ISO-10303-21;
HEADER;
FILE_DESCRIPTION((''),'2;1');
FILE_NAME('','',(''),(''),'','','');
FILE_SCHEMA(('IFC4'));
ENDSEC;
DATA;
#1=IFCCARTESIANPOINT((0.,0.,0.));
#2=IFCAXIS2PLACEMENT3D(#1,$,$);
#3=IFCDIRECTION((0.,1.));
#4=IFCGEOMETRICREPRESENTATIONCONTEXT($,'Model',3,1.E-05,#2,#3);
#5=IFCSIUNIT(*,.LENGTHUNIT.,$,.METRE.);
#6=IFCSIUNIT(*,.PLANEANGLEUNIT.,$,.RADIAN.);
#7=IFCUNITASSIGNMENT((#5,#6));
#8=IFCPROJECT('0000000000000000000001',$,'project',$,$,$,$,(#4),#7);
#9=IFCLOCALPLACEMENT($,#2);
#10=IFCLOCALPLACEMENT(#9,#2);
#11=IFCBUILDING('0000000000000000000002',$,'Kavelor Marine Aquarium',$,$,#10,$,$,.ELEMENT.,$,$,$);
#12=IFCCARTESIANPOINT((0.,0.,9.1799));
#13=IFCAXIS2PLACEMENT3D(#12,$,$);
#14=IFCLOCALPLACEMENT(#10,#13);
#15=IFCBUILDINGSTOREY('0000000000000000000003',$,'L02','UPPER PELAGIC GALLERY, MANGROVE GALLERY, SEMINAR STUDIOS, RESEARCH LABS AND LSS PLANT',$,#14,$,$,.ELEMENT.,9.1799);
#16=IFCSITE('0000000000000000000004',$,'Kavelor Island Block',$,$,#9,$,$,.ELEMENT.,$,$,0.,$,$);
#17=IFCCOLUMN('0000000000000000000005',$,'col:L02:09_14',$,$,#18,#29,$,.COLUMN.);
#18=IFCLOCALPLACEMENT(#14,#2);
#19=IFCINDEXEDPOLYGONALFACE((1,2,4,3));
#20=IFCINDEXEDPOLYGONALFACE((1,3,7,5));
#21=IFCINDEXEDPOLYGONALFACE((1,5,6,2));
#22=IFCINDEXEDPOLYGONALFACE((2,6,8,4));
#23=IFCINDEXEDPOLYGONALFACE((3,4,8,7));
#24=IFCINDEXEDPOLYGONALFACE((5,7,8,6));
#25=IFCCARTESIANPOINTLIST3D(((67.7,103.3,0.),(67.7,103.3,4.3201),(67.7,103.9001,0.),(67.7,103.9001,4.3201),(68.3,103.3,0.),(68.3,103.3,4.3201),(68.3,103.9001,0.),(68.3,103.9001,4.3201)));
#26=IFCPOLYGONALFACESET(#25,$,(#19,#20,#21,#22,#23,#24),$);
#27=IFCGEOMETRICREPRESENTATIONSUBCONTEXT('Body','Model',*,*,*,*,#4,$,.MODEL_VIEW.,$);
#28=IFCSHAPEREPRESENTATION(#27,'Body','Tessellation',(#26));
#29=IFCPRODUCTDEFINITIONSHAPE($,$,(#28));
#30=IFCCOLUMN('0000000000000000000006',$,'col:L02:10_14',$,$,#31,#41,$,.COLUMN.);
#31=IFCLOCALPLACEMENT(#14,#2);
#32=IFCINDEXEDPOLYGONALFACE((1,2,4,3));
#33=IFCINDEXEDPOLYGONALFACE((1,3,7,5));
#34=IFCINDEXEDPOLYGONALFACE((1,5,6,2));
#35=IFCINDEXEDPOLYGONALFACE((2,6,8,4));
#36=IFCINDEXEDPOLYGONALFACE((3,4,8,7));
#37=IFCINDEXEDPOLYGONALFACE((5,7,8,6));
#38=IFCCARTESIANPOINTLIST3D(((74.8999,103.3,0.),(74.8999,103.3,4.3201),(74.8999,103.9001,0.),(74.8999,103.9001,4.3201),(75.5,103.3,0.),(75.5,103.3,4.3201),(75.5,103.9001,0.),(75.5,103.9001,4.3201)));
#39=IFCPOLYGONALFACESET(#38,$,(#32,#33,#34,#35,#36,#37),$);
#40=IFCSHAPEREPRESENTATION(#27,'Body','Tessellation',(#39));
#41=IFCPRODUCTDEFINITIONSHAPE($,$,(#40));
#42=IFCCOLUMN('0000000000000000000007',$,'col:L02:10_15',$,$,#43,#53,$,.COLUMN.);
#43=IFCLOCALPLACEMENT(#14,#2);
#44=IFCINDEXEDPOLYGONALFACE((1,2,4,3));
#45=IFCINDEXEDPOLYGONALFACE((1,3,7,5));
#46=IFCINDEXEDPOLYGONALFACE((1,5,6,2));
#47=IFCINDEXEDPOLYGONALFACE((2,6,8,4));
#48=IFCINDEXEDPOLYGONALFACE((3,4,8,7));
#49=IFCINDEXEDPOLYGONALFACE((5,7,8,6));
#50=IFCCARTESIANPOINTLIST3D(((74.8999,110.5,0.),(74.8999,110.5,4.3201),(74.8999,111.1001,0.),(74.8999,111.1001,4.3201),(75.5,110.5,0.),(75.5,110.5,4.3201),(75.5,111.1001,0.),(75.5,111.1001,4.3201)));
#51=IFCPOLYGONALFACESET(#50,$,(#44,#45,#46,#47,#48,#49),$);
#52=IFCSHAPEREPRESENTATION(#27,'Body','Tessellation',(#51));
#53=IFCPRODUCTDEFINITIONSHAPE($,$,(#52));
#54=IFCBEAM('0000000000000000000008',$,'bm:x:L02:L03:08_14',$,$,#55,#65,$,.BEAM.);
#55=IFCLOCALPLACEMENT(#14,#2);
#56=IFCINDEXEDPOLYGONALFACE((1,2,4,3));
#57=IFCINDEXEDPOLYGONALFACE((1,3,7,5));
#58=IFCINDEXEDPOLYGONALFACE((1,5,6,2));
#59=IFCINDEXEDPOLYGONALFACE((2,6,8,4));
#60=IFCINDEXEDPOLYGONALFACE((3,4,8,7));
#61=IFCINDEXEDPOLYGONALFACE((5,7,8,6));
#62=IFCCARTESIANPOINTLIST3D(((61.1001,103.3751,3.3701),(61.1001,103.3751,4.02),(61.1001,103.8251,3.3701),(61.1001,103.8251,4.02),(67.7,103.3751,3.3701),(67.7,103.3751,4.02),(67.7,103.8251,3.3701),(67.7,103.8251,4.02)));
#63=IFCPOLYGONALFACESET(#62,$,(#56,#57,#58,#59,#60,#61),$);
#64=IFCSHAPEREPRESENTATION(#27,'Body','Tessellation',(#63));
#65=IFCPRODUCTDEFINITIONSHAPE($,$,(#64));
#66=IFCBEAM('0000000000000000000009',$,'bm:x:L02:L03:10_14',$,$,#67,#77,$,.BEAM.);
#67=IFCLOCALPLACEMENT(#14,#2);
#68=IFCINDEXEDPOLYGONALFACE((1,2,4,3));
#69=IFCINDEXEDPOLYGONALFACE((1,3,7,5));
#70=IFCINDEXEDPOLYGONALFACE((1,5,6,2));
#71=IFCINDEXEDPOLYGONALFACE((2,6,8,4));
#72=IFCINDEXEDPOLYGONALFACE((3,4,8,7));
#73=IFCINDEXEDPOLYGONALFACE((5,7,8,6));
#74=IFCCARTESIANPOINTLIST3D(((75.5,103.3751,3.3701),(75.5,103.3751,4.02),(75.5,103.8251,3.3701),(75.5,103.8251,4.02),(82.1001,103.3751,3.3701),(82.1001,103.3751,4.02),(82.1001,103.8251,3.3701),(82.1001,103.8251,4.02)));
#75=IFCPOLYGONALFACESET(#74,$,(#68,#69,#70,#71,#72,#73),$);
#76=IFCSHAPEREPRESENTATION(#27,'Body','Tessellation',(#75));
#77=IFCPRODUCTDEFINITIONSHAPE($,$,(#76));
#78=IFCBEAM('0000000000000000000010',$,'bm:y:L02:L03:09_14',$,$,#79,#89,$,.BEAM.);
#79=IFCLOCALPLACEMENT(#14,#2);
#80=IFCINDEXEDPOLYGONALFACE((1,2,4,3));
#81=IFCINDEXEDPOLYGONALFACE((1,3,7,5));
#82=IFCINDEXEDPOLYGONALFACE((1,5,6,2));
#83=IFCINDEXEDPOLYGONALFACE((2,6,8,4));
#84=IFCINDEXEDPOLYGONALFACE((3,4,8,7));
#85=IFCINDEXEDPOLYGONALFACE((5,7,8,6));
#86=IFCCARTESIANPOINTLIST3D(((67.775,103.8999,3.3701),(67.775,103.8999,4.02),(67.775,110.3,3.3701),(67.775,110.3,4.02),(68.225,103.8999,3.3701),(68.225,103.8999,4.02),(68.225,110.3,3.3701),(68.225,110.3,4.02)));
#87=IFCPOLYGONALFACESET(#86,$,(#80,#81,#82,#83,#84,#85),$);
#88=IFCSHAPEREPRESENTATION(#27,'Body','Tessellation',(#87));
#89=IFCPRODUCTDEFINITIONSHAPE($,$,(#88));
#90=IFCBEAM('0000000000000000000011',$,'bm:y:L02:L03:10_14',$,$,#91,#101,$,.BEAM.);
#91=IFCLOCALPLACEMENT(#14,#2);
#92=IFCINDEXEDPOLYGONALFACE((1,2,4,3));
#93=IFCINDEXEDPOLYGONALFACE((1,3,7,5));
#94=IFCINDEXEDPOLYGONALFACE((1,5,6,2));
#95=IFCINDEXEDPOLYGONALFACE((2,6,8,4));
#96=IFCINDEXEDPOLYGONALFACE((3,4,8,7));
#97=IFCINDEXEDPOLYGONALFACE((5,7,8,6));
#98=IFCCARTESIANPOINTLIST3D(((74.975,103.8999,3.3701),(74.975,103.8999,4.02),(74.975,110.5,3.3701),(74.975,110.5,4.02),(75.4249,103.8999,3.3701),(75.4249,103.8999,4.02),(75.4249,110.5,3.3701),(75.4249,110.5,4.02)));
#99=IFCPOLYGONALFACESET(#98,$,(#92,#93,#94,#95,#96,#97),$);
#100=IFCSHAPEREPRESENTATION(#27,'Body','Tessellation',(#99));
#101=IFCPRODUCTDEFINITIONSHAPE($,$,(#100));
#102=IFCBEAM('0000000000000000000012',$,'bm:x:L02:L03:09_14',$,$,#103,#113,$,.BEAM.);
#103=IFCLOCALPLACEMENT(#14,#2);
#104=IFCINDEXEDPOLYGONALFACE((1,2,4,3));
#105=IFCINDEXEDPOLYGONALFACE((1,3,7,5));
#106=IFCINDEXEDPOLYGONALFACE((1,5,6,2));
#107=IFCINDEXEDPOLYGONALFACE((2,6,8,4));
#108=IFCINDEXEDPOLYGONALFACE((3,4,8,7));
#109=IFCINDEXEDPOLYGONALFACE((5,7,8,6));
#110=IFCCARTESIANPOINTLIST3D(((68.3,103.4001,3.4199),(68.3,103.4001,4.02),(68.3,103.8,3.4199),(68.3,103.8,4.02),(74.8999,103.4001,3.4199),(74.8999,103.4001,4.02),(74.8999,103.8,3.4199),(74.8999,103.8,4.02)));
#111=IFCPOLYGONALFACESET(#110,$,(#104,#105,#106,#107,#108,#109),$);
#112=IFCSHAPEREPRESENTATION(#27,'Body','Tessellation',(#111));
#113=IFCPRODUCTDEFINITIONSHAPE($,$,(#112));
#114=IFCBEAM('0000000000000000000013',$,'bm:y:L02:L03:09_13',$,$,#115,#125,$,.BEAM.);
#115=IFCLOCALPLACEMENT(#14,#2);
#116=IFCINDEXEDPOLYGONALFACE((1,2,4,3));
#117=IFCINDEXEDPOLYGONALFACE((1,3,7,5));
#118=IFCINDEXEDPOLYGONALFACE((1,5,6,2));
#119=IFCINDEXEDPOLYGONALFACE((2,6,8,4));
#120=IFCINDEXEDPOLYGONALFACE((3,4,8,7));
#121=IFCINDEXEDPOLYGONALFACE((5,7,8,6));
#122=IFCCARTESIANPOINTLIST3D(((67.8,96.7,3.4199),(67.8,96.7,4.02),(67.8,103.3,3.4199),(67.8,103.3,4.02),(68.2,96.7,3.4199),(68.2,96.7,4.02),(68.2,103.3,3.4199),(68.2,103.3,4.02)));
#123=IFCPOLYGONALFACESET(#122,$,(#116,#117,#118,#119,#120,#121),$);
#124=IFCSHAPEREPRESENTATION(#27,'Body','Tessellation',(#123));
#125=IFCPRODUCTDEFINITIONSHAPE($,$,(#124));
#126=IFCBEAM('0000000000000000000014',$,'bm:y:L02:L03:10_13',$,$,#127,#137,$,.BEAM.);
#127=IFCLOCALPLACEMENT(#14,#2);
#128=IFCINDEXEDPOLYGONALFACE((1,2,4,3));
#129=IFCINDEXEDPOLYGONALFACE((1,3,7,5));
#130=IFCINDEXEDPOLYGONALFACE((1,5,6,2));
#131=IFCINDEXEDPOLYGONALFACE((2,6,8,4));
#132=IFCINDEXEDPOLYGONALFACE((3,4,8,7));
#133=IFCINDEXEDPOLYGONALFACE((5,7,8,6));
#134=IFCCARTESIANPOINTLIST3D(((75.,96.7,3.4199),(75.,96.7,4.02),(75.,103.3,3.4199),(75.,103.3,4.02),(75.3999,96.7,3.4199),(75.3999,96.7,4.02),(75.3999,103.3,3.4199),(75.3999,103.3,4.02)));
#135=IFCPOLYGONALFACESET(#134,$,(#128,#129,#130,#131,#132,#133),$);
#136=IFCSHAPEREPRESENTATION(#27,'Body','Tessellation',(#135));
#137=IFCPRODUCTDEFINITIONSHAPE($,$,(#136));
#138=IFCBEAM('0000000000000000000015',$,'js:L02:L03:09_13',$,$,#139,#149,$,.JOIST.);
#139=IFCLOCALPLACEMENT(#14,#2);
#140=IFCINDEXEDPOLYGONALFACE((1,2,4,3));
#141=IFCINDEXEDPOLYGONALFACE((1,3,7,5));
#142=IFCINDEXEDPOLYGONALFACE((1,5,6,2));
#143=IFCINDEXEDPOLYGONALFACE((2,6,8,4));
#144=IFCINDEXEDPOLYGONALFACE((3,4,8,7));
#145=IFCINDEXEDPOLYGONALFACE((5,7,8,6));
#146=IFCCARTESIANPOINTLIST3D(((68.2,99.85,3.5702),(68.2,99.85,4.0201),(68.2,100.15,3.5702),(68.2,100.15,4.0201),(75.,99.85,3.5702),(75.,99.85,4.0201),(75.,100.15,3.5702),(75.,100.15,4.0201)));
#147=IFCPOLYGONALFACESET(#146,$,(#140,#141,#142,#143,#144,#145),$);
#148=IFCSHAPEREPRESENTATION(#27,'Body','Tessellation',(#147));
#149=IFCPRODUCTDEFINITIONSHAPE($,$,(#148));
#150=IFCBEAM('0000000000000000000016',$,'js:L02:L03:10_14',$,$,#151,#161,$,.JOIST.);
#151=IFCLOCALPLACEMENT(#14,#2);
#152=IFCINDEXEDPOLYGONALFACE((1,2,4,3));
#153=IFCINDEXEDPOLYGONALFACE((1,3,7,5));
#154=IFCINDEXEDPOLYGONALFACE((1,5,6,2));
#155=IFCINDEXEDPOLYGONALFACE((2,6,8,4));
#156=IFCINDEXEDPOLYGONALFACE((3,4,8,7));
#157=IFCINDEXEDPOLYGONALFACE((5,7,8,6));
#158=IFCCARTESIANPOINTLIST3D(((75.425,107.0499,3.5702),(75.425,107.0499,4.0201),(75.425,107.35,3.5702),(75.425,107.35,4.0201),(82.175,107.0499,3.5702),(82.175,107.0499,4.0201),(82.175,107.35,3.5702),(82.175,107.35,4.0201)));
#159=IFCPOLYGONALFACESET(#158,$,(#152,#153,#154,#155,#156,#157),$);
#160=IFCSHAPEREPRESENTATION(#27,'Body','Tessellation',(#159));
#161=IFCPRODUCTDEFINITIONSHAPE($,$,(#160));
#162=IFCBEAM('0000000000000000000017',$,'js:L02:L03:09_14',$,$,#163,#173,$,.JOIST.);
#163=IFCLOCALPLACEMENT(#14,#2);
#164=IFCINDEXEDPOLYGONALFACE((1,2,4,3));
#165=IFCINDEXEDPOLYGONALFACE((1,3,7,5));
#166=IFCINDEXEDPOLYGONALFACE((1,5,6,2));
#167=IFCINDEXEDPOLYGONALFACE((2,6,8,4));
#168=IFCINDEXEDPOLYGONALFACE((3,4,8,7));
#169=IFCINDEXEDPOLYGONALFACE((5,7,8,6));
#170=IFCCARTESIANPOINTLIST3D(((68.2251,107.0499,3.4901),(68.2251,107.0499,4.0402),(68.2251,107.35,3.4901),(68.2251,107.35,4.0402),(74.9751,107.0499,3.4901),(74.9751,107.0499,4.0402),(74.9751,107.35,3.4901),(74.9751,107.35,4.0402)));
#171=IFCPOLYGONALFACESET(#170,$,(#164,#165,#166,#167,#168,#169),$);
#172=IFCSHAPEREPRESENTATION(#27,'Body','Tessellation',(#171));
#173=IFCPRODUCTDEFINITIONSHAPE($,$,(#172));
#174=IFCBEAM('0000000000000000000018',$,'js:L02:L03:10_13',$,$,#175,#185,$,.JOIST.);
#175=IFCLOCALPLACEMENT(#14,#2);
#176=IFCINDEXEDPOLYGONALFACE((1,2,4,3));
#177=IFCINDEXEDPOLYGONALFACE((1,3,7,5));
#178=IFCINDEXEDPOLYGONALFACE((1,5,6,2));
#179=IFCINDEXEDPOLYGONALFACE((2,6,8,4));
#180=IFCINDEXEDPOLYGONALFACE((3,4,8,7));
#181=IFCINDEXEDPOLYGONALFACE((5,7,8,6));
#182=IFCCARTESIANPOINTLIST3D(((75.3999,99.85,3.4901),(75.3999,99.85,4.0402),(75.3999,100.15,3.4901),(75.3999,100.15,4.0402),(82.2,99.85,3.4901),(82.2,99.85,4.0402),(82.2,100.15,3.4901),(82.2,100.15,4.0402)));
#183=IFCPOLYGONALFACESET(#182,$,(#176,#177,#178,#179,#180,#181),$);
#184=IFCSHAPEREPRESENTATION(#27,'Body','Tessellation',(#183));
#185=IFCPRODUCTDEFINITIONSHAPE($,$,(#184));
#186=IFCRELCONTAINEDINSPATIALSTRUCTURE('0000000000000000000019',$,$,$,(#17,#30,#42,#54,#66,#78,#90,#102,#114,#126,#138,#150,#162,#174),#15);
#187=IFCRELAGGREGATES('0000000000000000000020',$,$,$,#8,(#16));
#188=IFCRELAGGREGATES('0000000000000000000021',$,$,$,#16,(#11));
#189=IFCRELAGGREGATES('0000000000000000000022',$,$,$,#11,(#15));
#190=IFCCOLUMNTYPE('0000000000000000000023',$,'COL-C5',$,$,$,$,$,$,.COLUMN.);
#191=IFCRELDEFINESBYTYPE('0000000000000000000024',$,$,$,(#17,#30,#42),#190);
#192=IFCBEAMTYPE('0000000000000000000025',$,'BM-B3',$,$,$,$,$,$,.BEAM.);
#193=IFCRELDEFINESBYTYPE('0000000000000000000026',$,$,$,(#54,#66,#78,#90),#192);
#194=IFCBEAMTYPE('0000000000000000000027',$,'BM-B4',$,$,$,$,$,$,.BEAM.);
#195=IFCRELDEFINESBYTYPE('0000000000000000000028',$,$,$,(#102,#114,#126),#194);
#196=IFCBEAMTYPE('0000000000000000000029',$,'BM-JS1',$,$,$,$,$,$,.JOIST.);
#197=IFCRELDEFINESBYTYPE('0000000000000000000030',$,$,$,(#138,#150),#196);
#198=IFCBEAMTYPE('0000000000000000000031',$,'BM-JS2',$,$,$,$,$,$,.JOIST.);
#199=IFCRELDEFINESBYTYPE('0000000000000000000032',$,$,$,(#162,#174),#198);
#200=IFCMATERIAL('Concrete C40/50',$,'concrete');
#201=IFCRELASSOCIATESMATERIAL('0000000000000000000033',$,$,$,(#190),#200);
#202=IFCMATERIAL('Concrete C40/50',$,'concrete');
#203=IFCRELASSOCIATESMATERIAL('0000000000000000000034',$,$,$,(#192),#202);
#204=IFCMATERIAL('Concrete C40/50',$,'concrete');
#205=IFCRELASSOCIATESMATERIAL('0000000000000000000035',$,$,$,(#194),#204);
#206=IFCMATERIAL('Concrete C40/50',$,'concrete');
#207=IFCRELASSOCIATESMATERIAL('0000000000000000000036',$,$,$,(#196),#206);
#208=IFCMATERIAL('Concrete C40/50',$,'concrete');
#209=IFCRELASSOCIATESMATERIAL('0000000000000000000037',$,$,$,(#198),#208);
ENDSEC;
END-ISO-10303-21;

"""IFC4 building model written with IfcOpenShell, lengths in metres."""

from ifc_helpers import new_model, si_unit, direction, frame, origin, origin_2d, place, context, subcontext, project, spatial, rectangle, extrude, material, material_profile, profile_set, type_object, element, save


model = new_model("IFC4")

# Units and contexts
model_context = context("Model", 3, precision=1e-05, world=origin(), true_north=direction((0.0, 1.0)))
body_context = subcontext(model_context, "Body", "Model", "MODEL_VIEW")
ifc_project = project(units=[si_unit("LENGTHUNIT", "METRE"), si_unit("PLANEANGLEUNIT", "RADIAN")], contexts=[model_context])

# Site, building, storey
site_placement = place(None, origin())
site = spatial("IfcSite", under=ifc_project, at=site_placement, Name="Kavelor Island Block", CompositionType="ELEMENT", RefElevation=0.0)
building_placement = place(site_placement, origin())
building = spatial("IfcBuilding", under=site, at=building_placement, Name="Kavelor Marine Aquarium", CompositionType="ELEMENT")
storey_placement = place(building_placement, frame((0.0, 0.0, 9.1799)))
storey = spatial("IfcBuildingStorey", under=building, at=storey_placement, Name="L02", Description="UPPER PELAGIC GALLERY, MANGROVE GALLERY, SEMINAR STUDIOS, RESEARCH LABS AND LSS PLANT", CompositionType="ELEMENT", Elevation=9.1799)

# Columns
ifc_material_1 = material(Name="Concrete C40/50", Category="concrete")
ifc_material_profile_1 = material_profile(ifc_material_1, rectangle(XDim=0.6001, YDim=0.6001, at=origin_2d()), Name="RC-COL 600x600")
ifc_profile_set_1 = profile_set([ifc_material_profile_1], Name="Concrete C40/50")
column_type = type_object("IfcColumnType", Name="COL-C5", PredefinedType="COLUMN", material=ifc_profile_set_1)
for number, where, z_axis, x_axis, name in (
    (1, (68.0, 103.6001, 0.0), (0.0, 0.0, 1.0), (1.0, 0.0, 0.0), "col:L02:09_14"),
    (2, (75.2, 103.6001, 0.0), (0.0, 0.0, 1.0), (1.0, 0.0, 0.0), "col:L02:10_14"),
    (3, (75.2, 110.8, 0.0), (0.0, 0.0, 1.0), (1.0, 0.0, 0.0), "col:L02:10_15"),
):
    element("IfcColumn", number, at=place(storey_placement, frame(where, z_axis=z_axis, x_axis=x_axis)), inside=storey, type_object=column_type, Name=name, PredefinedType="COLUMN", context=body_context, shape_type="SweptSolid", body=[
        extrude(rectangle(XDim=0.6001, YDim=0.6001, at=origin_2d()), origin(), (0.0, 0.0, 1.0), 4.3201),
    ])

# Beams
ifc_material_2 = material(Name="Concrete C40/50", Category="concrete")
ifc_material_profile_2 = material_profile(ifc_material_2, rectangle(XDim=0.45, YDim=0.6499, at=origin_2d()), Name="RC-BM 450x650")
ifc_profile_set_2 = profile_set([ifc_material_profile_2], Name="Concrete C40/50")
beam_type_1 = type_object("IfcBeamType", Name="BM-B3", PredefinedType="BEAM", material=ifc_profile_set_2)
beam_1_placement = place(storey_placement, frame((61.1001, 103.6001, 3.6951), z_axis=(1.0, 0.0, 0.0), x_axis=(0.0, 1.0, 0.0)))
element("IfcBeam", 4, at=beam_1_placement, inside=storey, type_object=beam_type_1, Name="bm:x:L02:L03:08_14", PredefinedType="BEAM", context=body_context, shape_type="SweptSolid", body=[
    extrude(rectangle(XDim=0.45, YDim=0.6499, at=origin_2d()), origin(), (0.0, 0.0, 1.0), 6.5999),
])
beam_2_placement = place(storey_placement, frame((75.5, 103.6001, 3.6951), z_axis=(1.0, 0.0, 0.0), x_axis=(0.0, 1.0, 0.0)))
element("IfcBeam", 5, at=beam_2_placement, inside=storey, type_object=beam_type_1, Name="bm:x:L02:L03:10_14", PredefinedType="BEAM", context=body_context, shape_type="SweptSolid", body=[
    extrude(rectangle(XDim=0.45, YDim=0.6499, at=origin_2d()), origin(), (0.0, 0.0, 1.0), 6.6001),
])
beam_3_placement = place(storey_placement, frame((68.0, 103.8999, 3.6951), z_axis=(0.0, 1.0, 0.0), x_axis=(-1.0, 0.0, 0.0)))
element("IfcBeam", 6, at=beam_3_placement, inside=storey, type_object=beam_type_1, Name="bm:y:L02:L03:09_14", PredefinedType="BEAM", context=body_context, shape_type="SweptSolid", body=[
    extrude(rectangle(XDim=0.45, YDim=0.6499, at=origin_2d()), origin(), (0.0, 0.0, 1.0), 6.4001),
])
beam_4_placement = place(storey_placement, frame((75.2, 103.8999, 3.6951), z_axis=(0.0, 1.0, 0.0), x_axis=(-1.0, 0.0, 0.0)))
element("IfcBeam", 7, at=beam_4_placement, inside=storey, type_object=beam_type_1, Name="bm:y:L02:L03:10_14", PredefinedType="BEAM", context=body_context, shape_type="SweptSolid", body=[
    extrude(rectangle(XDim=0.45, YDim=0.6499, at=origin_2d()), origin(), (0.0, 0.0, 1.0), 6.6001),
])
ifc_material_3 = material(Name="Concrete C40/50", Category="concrete")
ifc_material_profile_3 = material_profile(ifc_material_3, rectangle(XDim=0.3999, YDim=0.6001, at=origin_2d()), Name="RC-BM 400x600")
ifc_profile_set_3 = profile_set([ifc_material_profile_3], Name="Concrete C40/50")
beam_type_2 = type_object("IfcBeamType", Name="BM-B4", PredefinedType="BEAM", material=ifc_profile_set_3)
beam_5_placement = place(storey_placement, frame((68.3, 103.6001, 3.72), z_axis=(1.0, 0.0, 0.0), x_axis=(0.0, 1.0, 0.0)))
element("IfcBeam", 8, at=beam_5_placement, inside=storey, type_object=beam_type_2, Name="bm:x:L02:L03:09_14", PredefinedType="BEAM", context=body_context, shape_type="SweptSolid", body=[
    extrude(rectangle(XDim=0.3999, YDim=0.6001, at=origin_2d()), origin(), (0.0, 0.0, 1.0), 6.5999),
])
for number, where, z_axis, x_axis, name in (
    (9, (68.0, 96.7, 3.72), (0.0, 1.0, 0.0), (-1.0, 0.0, 0.0), "bm:y:L02:L03:09_13"),
    (10, (75.2, 96.7, 3.72), (0.0, 1.0, 0.0), (-1.0, 0.0, 0.0), "bm:y:L02:L03:10_13"),
):
    element("IfcBeam", number, at=place(storey_placement, frame(where, z_axis=z_axis, x_axis=x_axis)), inside=storey, type_object=beam_type_2, Name=name, PredefinedType="BEAM", context=body_context, shape_type="SweptSolid", body=[
        extrude(rectangle(XDim=0.3999, YDim=0.6001, at=origin_2d()), origin(), (0.0, 0.0, 1.0), 6.6001),
    ])
ifc_material_4 = material(Name="Concrete C40/50", Category="concrete")
ifc_material_profile_4 = material_profile(ifc_material_4, rectangle(XDim=0.3, YDim=0.45, at=origin_2d()), Name="RC-JS 300x450")
ifc_profile_set_4 = profile_set([ifc_material_profile_4], Name="Concrete C40/50")
beam_type_3 = type_object("IfcBeamType", Name="BM-JS1", PredefinedType="JOIST", material=ifc_profile_set_4)
beam_6_placement = place(storey_placement, frame((68.2, 100.0, 3.7952), z_axis=(1.0, 0.0, 0.0), x_axis=(0.0, 1.0, 0.0)))
element("IfcBeam", 11, at=beam_6_placement, inside=storey, type_object=beam_type_3, Name="js:L02:L03:09_13", PredefinedType="JOIST", context=body_context, shape_type="SweptSolid", body=[
    extrude(rectangle(XDim=0.3, YDim=0.45, at=origin_2d()), origin(), (0.0, 0.0, 1.0), 6.8),
])
beam_7_placement = place(storey_placement, frame((75.425, 107.2, 3.7952), z_axis=(1.0, 0.0, 0.0), x_axis=(0.0, 1.0, 0.0)))
element("IfcBeam", 12, at=beam_7_placement, inside=storey, type_object=beam_type_3, Name="js:L02:L03:10_14", PredefinedType="JOIST", context=body_context, shape_type="SweptSolid", body=[
    extrude(rectangle(XDim=0.3, YDim=0.45, at=origin_2d()), origin(), (0.0, 0.0, 1.0), 6.75),
])
ifc_material_5 = material(Name="Concrete C40/50", Category="concrete")
ifc_material_profile_5 = material_profile(ifc_material_5, rectangle(XDim=0.3, YDim=0.55, at=origin_2d()), Name="RC-JS 300x550")
ifc_profile_set_5 = profile_set([ifc_material_profile_5], Name="Concrete C40/50")
beam_type_4 = type_object("IfcBeamType", Name="BM-JS2", PredefinedType="JOIST", material=ifc_profile_set_5)
beam_8_placement = place(storey_placement, frame((68.2251, 107.2, 3.7651), z_axis=(1.0, 0.0, 0.0), x_axis=(0.0, 1.0, 0.0)))
element("IfcBeam", 13, at=beam_8_placement, inside=storey, type_object=beam_type_4, Name="js:L02:L03:09_14", PredefinedType="JOIST", context=body_context, shape_type="SweptSolid", body=[
    extrude(rectangle(XDim=0.3, YDim=0.55, at=origin_2d()), origin(), (0.0, 0.0, 1.0), 6.75),
])
beam_9_placement = place(storey_placement, frame((75.3999, 100.0, 3.7651), z_axis=(1.0, 0.0, 0.0), x_axis=(0.0, 1.0, 0.0)))
element("IfcBeam", 14, at=beam_9_placement, inside=storey, type_object=beam_type_4, Name="js:L02:L03:10_13", PredefinedType="JOIST", context=body_context, shape_type="SweptSolid", body=[
    extrude(rectangle(XDim=0.3, YDim=0.55, at=origin_2d()), origin(), (0.0, 0.0, 1.0), 6.8),
])

save(model, "model.ifc")
